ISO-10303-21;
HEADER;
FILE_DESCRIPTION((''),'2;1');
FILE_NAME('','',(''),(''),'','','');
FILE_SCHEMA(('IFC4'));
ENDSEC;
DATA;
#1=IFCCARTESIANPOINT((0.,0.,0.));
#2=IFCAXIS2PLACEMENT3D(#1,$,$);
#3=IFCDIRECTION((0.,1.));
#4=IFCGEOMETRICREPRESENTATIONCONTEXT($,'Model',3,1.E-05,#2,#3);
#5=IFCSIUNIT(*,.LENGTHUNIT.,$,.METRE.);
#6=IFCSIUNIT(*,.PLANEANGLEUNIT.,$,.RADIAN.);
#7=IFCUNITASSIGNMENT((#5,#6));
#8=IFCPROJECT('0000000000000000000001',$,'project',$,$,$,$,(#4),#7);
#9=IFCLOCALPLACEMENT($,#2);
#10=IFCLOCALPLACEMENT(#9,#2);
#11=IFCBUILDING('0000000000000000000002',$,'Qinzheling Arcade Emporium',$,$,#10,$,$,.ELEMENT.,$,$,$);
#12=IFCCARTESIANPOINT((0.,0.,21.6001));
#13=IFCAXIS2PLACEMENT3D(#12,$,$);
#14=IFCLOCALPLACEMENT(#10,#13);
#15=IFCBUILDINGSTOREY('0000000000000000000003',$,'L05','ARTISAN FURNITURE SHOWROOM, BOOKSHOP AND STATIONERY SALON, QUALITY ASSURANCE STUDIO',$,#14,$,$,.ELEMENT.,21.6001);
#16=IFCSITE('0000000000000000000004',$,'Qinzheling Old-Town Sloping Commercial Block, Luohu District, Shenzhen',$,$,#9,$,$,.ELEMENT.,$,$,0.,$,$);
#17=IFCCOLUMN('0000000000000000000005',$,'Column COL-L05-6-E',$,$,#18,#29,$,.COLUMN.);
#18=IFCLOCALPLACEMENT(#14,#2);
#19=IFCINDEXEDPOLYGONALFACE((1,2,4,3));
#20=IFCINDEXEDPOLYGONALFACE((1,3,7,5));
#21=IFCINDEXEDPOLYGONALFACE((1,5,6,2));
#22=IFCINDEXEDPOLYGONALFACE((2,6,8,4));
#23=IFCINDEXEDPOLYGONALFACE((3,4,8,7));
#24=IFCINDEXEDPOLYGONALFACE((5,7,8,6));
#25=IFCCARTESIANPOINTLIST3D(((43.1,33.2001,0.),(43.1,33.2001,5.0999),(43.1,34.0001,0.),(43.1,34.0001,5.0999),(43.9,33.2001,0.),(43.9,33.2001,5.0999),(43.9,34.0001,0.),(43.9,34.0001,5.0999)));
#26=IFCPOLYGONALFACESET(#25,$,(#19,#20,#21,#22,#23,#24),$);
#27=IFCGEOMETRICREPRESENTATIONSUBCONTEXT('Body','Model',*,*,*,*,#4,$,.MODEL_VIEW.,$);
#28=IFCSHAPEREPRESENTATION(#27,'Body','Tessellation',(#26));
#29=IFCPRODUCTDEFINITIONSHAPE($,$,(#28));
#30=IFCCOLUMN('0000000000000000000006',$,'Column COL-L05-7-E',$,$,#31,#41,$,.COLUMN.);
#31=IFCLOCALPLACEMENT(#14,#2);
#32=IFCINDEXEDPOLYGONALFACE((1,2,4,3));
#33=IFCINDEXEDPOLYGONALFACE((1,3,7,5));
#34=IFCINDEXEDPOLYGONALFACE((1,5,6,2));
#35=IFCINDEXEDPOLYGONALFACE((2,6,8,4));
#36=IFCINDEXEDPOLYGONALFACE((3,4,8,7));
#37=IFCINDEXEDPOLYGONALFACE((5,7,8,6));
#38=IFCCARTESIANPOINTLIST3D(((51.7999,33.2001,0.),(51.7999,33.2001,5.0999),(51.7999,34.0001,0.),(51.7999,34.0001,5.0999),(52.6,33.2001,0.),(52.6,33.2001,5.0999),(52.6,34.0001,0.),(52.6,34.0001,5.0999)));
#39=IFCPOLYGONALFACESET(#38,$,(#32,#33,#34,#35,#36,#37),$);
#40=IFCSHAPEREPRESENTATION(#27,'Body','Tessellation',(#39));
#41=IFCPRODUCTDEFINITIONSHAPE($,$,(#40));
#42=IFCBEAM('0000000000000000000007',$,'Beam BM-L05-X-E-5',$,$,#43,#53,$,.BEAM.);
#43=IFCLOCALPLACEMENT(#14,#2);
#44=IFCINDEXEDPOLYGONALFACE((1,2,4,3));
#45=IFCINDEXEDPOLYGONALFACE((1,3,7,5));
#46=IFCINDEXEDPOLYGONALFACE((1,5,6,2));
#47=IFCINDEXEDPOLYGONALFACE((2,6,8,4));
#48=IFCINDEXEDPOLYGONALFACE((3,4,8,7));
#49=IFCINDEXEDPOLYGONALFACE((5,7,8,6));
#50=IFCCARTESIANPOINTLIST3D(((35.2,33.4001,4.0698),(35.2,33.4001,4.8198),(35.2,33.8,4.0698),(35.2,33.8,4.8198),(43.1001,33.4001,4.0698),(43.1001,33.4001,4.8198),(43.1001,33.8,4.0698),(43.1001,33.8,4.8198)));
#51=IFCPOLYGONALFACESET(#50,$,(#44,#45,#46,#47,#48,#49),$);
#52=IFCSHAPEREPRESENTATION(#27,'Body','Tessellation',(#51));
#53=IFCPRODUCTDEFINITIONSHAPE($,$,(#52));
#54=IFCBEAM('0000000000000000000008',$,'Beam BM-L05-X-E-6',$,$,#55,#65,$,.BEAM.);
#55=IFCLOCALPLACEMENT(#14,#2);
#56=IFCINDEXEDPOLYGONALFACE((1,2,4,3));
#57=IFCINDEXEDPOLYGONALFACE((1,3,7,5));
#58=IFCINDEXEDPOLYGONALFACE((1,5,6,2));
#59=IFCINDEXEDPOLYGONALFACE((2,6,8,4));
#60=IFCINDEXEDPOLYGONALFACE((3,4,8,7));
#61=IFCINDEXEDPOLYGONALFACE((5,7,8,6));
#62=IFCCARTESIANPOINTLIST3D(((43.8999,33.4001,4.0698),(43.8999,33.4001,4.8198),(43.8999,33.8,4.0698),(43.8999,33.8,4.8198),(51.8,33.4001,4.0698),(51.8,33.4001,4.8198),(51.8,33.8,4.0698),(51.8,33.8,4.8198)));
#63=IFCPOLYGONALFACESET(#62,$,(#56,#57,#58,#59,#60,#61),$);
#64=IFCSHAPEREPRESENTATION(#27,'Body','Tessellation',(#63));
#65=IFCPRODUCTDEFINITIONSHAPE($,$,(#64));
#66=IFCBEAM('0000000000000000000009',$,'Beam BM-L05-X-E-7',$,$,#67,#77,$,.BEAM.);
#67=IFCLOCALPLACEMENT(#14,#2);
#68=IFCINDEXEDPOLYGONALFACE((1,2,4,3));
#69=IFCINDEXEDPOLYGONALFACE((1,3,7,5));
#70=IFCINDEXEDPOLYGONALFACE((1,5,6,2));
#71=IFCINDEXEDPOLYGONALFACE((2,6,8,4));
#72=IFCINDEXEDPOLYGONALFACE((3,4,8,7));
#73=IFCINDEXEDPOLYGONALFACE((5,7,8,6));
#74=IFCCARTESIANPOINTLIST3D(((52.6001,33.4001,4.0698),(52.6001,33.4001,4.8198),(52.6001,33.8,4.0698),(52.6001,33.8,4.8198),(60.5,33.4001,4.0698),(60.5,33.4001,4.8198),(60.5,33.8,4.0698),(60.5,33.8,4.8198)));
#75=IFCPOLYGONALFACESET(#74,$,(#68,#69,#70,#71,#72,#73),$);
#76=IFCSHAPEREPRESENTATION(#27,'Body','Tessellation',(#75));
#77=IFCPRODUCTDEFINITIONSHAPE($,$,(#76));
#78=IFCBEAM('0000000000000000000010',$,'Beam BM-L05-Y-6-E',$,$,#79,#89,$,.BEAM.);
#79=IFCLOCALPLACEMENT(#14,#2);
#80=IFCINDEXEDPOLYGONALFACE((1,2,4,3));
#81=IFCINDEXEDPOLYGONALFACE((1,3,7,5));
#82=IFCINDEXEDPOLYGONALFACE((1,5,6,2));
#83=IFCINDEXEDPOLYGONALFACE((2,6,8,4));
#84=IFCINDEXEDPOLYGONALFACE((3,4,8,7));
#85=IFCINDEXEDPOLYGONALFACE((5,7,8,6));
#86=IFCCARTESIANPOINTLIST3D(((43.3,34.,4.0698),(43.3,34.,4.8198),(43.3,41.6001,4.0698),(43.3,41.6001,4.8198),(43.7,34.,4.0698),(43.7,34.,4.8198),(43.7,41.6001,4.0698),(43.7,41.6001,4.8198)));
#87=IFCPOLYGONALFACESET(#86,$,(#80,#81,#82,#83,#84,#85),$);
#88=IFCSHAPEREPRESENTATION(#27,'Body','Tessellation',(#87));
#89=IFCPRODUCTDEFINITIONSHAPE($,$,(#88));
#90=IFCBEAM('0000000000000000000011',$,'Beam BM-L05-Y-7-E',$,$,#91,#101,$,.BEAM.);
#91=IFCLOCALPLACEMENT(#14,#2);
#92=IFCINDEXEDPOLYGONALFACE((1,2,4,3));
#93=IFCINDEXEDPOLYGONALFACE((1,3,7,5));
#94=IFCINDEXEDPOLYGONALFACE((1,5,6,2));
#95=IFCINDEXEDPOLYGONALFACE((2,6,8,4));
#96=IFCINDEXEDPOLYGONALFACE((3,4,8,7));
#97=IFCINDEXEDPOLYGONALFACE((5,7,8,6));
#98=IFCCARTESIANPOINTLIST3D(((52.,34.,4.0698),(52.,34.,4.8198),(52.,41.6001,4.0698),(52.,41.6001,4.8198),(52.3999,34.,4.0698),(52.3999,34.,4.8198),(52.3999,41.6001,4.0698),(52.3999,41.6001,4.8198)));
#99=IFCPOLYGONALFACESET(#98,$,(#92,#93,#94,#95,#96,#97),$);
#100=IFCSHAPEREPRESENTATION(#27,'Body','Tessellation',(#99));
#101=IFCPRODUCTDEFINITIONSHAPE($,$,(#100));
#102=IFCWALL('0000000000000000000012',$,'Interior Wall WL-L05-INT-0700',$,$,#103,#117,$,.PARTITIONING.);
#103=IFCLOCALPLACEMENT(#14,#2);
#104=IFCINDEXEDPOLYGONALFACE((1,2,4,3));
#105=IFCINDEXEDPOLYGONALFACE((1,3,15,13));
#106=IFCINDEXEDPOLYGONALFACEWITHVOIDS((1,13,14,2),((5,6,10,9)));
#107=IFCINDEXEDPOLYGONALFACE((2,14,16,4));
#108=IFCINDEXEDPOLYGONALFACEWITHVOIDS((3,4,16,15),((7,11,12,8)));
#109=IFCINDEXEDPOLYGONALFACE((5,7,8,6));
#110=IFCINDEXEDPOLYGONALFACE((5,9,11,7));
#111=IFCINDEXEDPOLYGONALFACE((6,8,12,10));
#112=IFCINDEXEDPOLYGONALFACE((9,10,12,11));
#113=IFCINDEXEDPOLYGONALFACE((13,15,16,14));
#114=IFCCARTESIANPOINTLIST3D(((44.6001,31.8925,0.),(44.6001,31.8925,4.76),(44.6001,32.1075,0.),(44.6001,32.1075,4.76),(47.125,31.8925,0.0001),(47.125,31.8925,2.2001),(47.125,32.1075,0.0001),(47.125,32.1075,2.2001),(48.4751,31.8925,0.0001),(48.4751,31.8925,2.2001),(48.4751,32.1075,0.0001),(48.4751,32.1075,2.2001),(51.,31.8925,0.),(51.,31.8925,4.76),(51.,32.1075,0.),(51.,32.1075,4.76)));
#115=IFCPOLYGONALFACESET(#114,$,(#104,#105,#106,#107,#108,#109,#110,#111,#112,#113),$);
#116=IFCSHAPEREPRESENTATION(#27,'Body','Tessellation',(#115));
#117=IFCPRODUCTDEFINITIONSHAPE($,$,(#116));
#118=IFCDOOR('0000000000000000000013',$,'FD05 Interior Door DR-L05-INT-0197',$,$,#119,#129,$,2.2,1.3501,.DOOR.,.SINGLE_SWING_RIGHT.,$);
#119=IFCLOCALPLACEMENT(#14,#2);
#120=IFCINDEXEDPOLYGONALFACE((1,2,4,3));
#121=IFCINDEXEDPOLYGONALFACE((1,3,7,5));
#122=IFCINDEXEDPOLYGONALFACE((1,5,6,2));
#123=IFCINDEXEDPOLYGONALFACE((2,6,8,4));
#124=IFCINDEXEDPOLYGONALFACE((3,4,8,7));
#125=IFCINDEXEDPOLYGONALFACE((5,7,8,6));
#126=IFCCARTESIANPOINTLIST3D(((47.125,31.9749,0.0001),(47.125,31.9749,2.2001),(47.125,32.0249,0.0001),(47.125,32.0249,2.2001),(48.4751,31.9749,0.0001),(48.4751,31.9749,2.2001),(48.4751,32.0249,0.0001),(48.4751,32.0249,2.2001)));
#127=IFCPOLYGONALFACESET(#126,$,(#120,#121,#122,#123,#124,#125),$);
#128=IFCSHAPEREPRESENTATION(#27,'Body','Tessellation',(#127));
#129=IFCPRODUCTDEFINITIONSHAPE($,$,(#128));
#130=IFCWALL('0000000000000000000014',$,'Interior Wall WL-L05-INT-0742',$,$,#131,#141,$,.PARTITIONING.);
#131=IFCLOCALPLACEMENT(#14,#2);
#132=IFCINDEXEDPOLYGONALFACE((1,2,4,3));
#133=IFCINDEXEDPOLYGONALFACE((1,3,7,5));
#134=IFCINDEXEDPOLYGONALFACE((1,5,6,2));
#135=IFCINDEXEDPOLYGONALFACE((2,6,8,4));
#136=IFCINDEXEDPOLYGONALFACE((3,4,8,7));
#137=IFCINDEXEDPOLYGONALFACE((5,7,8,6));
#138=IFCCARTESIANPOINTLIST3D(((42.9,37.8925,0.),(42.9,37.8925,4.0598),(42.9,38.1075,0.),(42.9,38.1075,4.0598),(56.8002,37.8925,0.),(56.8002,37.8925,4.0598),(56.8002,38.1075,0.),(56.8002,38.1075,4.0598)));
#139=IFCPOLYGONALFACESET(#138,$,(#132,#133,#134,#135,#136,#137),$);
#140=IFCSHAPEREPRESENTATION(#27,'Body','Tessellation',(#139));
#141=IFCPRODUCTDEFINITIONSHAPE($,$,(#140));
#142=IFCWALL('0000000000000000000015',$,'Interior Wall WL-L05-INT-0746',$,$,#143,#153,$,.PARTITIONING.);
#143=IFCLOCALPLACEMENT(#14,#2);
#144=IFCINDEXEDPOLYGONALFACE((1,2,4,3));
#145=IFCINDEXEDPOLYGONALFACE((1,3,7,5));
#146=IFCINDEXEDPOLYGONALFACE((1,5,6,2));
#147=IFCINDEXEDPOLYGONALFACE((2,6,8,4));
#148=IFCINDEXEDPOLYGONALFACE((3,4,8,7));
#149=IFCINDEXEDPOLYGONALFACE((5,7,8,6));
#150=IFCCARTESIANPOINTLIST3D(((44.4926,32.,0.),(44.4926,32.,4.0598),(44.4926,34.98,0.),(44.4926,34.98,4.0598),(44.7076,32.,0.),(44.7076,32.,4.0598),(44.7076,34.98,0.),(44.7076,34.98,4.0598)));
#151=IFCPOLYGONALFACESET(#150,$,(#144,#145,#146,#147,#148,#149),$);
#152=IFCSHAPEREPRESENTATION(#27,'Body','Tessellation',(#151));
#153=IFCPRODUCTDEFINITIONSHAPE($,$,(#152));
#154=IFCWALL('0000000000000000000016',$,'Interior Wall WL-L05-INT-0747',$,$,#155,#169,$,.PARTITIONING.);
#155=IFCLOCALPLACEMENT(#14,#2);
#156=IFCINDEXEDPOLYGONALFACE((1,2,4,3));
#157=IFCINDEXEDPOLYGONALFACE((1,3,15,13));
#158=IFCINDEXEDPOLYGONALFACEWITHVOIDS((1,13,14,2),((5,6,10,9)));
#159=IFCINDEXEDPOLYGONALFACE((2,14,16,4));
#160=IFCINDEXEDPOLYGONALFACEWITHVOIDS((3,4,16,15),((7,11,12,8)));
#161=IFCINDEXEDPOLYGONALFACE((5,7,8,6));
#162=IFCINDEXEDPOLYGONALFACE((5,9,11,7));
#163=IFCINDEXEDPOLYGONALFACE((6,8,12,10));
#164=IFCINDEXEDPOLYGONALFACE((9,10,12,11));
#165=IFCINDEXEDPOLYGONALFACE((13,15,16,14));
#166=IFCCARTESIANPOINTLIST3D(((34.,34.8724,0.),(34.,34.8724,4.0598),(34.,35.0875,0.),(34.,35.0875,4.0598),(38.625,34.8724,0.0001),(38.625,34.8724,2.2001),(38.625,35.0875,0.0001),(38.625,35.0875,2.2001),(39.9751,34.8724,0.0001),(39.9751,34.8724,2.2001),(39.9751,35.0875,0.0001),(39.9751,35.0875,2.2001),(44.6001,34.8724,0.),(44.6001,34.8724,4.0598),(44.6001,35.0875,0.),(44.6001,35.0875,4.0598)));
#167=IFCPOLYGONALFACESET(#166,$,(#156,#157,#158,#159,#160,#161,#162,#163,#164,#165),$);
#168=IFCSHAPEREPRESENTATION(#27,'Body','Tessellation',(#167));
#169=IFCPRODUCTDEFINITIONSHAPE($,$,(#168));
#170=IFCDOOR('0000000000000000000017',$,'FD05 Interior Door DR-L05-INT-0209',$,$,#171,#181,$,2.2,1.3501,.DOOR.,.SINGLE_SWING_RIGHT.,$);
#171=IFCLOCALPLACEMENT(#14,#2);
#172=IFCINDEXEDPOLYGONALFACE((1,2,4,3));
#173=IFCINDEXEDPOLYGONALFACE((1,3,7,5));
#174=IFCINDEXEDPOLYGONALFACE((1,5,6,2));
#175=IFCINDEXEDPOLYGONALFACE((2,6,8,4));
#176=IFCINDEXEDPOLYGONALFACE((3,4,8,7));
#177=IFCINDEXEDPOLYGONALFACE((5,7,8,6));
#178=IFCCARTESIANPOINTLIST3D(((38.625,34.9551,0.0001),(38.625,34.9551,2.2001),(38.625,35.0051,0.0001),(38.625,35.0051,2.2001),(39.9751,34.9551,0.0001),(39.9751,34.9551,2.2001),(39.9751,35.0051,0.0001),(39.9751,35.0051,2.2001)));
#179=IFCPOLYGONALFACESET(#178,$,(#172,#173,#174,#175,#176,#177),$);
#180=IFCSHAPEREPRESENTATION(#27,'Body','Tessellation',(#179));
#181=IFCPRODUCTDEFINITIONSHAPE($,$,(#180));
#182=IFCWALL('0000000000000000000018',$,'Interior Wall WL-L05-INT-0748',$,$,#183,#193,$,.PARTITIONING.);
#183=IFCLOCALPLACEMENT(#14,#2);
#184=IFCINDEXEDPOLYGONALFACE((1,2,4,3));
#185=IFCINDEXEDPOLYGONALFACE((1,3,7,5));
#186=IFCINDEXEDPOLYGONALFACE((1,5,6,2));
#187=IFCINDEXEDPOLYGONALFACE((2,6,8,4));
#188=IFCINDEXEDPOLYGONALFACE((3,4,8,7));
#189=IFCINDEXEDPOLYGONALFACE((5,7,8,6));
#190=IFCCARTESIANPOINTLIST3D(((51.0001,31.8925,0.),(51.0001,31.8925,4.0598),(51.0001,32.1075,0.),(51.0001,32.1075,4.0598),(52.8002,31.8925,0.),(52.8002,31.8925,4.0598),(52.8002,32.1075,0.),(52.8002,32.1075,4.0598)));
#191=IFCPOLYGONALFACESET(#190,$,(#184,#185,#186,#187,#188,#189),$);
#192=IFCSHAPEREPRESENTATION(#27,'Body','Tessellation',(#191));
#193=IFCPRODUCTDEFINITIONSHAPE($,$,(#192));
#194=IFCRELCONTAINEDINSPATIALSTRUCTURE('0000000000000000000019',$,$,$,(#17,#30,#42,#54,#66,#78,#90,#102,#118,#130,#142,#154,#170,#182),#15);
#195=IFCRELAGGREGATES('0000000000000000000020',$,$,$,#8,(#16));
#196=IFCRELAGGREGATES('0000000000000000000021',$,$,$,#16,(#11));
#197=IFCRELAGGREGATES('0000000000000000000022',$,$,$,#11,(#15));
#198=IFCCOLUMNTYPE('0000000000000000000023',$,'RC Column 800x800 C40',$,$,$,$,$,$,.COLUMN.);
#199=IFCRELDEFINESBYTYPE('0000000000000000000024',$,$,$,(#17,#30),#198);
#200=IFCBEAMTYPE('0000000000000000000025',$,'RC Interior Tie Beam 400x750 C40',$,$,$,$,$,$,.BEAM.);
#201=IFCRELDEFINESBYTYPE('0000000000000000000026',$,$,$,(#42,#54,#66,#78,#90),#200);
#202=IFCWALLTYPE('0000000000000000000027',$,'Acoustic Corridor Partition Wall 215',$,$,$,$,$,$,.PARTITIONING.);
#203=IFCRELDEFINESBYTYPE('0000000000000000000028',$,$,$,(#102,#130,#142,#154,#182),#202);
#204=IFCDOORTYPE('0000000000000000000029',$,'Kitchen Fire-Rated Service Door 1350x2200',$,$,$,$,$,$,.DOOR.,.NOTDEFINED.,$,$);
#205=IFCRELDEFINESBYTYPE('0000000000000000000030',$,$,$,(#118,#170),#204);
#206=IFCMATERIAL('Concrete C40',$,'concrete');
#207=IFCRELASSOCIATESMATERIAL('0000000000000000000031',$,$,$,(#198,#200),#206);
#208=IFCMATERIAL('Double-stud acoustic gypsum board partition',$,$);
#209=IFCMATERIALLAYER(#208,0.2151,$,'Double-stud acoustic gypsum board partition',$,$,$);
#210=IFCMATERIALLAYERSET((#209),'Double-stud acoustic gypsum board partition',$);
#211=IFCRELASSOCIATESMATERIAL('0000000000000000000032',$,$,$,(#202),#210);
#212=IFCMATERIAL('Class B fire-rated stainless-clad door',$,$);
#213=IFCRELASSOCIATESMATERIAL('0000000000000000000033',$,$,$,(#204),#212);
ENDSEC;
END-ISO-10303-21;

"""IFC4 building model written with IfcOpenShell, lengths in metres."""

from ifc_helpers import new_model, si_unit, direction, frame, frame_2d, origin, origin_2d, place, context, subcontext, project, spatial, rectangle, extrude, material, layer, layer_set, material_profile, profile_set, type_object, element, fill, save


model = new_model("IFC4")

# Units and contexts
model_context = context("Model", 3, precision=1e-05, world=origin(), true_north=direction((0.0, 1.0)))
body_context = subcontext(model_context, "Body", "Model", "MODEL_VIEW")
ifc_project = project(units=[si_unit("LENGTHUNIT", "METRE"), si_unit("PLANEANGLEUNIT", "RADIAN")], contexts=[model_context])

# Site, building, storey
site_placement = place(None, origin())
site = spatial("IfcSite", under=ifc_project, at=site_placement, Name="Qinzheling Old-Town Sloping Commercial Block, Luohu District, Shenzhen", CompositionType="ELEMENT", RefElevation=0.0)
building_placement = place(site_placement, origin())
building = spatial("IfcBuilding", under=site, at=building_placement, Name="Qinzheling Arcade Emporium", CompositionType="ELEMENT")
storey_placement = place(building_placement, frame((0.0, 0.0, 21.6001)))
storey = spatial("IfcBuildingStorey", under=building, at=storey_placement, Name="L05", Description="ARTISAN FURNITURE SHOWROOM, BOOKSHOP AND STATIONERY SALON, QUALITY ASSURANCE STUDIO", CompositionType="ELEMENT", Elevation=21.6001)

# Columns
ifc_material_1 = material(Name="Concrete C40", Category="concrete")
ifc_material_profile_1 = material_profile(ifc_material_1, rectangle(XDim=0.8, YDim=0.8, at=origin_2d()), Name="RC 800x800", Category="concrete")
ifc_profile_set_1 = profile_set([ifc_material_profile_1], Name="Concrete C40")
column_type = type_object("IfcColumnType", Name="RC Column 800x800 C40", PredefinedType="COLUMN", material=ifc_profile_set_1)
for number, where, z_axis, x_axis, name in (
    (1, (43.5, 33.6001, 0.0), (0.0, 0.0, 1.0), (1.0, 0.0, 0.0), "Column COL-L05-6-E"),
    (2, (52.2, 33.6001, 0.0), (0.0, 0.0, 1.0), (1.0, 0.0, 0.0), "Column COL-L05-7-E"),
):
    element("IfcColumn", number, at=place(storey_placement, frame(where, z_axis=z_axis, x_axis=x_axis)), inside=storey, type_object=column_type, Name=name, PredefinedType="COLUMN", context=body_context, shape_type="SweptSolid", body=[
        extrude(rectangle(XDim=0.8, YDim=0.8, at=origin_2d()), origin(), (0.0, 0.0, 1.0), 5.0999),
    ])

# Beams
ifc_material_profile_2 = material_profile(ifc_material_1, rectangle(XDim=0.3999, YDim=0.75, at=origin_2d()), Name="RC 400x750", Category="concrete")
ifc_profile_set_2 = profile_set([ifc_material_profile_2], Name="Concrete C40")
beam_type = type_object("IfcBeamType", Name="RC Interior Tie Beam 400x750 C40", PredefinedType="BEAM", material=ifc_profile_set_2)
for number, where, z_axis, x_axis, name in (
    (3, (35.2, 33.6001, 4.4448), (1.0, 0.0, 0.0), (0.0, 1.0, 0.0), "Beam BM-L05-X-E-5"),
    (4, (43.8999, 33.6001, 4.4448), (1.0, 0.0, 0.0), (0.0, 1.0, 0.0), "Beam BM-L05-X-E-6"),
):
    element("IfcBeam", number, at=place(storey_placement, frame(where, z_axis=z_axis, x_axis=x_axis)), inside=storey, type_object=beam_type, Name=name, PredefinedType="BEAM", context=body_context, shape_type="SweptSolid", body=[
        extrude(rectangle(XDim=0.3999, YDim=0.75, at=origin_2d()), origin(), (0.0, 0.0, 1.0), 7.9001),
    ])
beam_placement = place(storey_placement, frame((52.6001, 33.6001, 4.4448), z_axis=(1.0, 0.0, 0.0), x_axis=(0.0, 1.0, 0.0)))
element("IfcBeam", 5, at=beam_placement, inside=storey, type_object=beam_type, Name="Beam BM-L05-X-E-7", PredefinedType="BEAM", context=body_context, shape_type="SweptSolid", body=[
    extrude(rectangle(XDim=0.3999, YDim=0.75, at=origin_2d()), origin(), (0.0, 0.0, 1.0), 7.8999),
])
for number, where, z_axis, x_axis, name in (
    (6, (43.5, 34.0, 4.4448), (0.0, 1.0, 0.0), (-1.0, 0.0, 0.0), "Beam BM-L05-Y-6-E"),
    (7, (52.2, 34.0, 4.4448), (0.0, 1.0, 0.0), (-1.0, 0.0, 0.0), "Beam BM-L05-Y-7-E"),
):
    element("IfcBeam", number, at=place(storey_placement, frame(where, z_axis=z_axis, x_axis=x_axis)), inside=storey, type_object=beam_type, Name=name, PredefinedType="BEAM", context=body_context, shape_type="SweptSolid", body=[
        extrude(rectangle(XDim=0.3999, YDim=0.75, at=origin_2d()), origin(), (0.0, 0.0, 1.0), 7.6001),
    ])

# Wall, opening, door
ifc_material_2 = material(Name="Double-stud acoustic gypsum board partition")
ifc_layer_1 = layer(ifc_material_2, 0.2151, Name="Double-stud acoustic gypsum board partition")
ifc_layer_set_1 = layer_set([ifc_layer_1], Name="Double-stud acoustic gypsum board partition")
wall_type_1 = type_object("IfcWallType", Name="Acoustic Corridor Partition Wall 215", PredefinedType="PARTITIONING", material=ifc_layer_set_1)
wall_1_placement = place(storey_placement, frame((44.6001, 32.0, 0.0), z_axis=(0.0, 0.0, 1.0), x_axis=(1.0, 0.0, 0.0)))
wall_1 = element("IfcWall", 8, at=wall_1_placement, inside=storey, type_object=wall_type_1, Name="Interior Wall WL-L05-INT-0700", PredefinedType="PARTITIONING", context=body_context, shape_type="SweptSolid", body=[
    extrude(rectangle(XDim=6.3999, YDim=0.2151, at=frame_2d((3.2, 0.0))), origin(), (0.0, 0.0, 1.0), 4.76),
])
opening_1_placement = place(wall_1_placement, frame((2.5249, 0.0, 0.0)))
opening_1 = element("IfcOpeningElement", 9, at=opening_1_placement, cuts=wall_1, PredefinedType="OPENING", context=body_context, shape_type="SweptSolid", body=[
    extrude(rectangle(XDim=1.3501, YDim=2.2, at=frame_2d((0.675, 1.1001))), frame((0.0, 0.1177, 0.0), z_axis=(0.0, -1.0, 0.0), x_axis=(1.0, 0.0, 0.0)), (0.0, 0.0, 1.0), 0.2351),
])
ifc_material_3 = material(Name="Class B fire-rated stainless-clad door")
door_type_1 = type_object("IfcDoorType", Name="Kitchen Fire-Rated Service Door 1350x2200", OperationType="NOTDEFINED", PredefinedType="DOOR", material=ifc_material_3)
door_1_placement = place(opening_1_placement, origin())
door_1 = element("IfcDoor", 10, at=door_1_placement, inside=storey, type_object=door_type_1, Name="FD05 Interior Door DR-L05-INT-0197", OperationType="SINGLE_SWING_RIGHT", OverallHeight=2.2, OverallWidth=1.3501, PredefinedType="DOOR", context=body_context, shape_type="SweptSolid", body=[
    extrude(rectangle(XDim=1.3501, YDim=2.2, at=frame_2d((0.675, 1.1001))), frame((0.0, 0.0249, 0.0), z_axis=(0.0, -1.0, 0.0), x_axis=(1.0, 0.0, 0.0)), (0.0, 0.0, 1.0), 0.05),
])
fill(opening_1, door_1)

# Walls
wall_2_placement = place(storey_placement, frame((42.8999, 38.0, 0.0), z_axis=(0.0, 0.0, 1.0), x_axis=(1.0, 0.0, 0.0)))
element("IfcWall", 11, at=wall_2_placement, inside=storey, type_object=wall_type_1, Name="Interior Wall WL-L05-INT-0742", PredefinedType="PARTITIONING", context=body_context, shape_type="SweptSolid", body=[
    extrude(rectangle(XDim=13.9001, YDim=0.2151, at=frame_2d((6.9502, 0.0))), origin(), (0.0, 0.0, 1.0), 4.0598),
])
wall_3_placement = place(storey_placement, frame((44.6001, 32.0, 0.0), z_axis=(0.0, 0.0, 1.0), x_axis=(0.0, 1.0, 0.0)))
element("IfcWall", 12, at=wall_3_placement, inside=storey, type_object=wall_type_1, Name="Interior Wall WL-L05-INT-0746", PredefinedType="PARTITIONING", context=body_context, shape_type="SweptSolid", body=[
    extrude(rectangle(XDim=2.98, YDim=0.2151, at=frame_2d((1.49, 0.0))), origin(), (0.0, 0.0, 1.0), 4.0598),
])

# Wall, opening, door
wall_4_placement = place(storey_placement, frame((44.6001, 34.98, 0.0), z_axis=(0.0, 0.0, 1.0), x_axis=(-1.0, 0.0, 0.0)))
wall_4 = element("IfcWall", 13, at=wall_4_placement, inside=storey, type_object=wall_type_1, Name="Interior Wall WL-L05-INT-0747", PredefinedType="PARTITIONING", context=body_context, shape_type="SweptSolid", body=[
    extrude(rectangle(XDim=10.6001, YDim=0.2151, at=frame_2d((5.3, 0.0))), origin(), (0.0, 0.0, 1.0), 4.0598),
])
opening_2_placement = place(wall_4_placement, frame((4.625, 0.0, 0.0)))
opening_2 = element("IfcOpeningElement", 14, at=opening_2_placement, cuts=wall_4, PredefinedType="OPENING", context=body_context, shape_type="SweptSolid", body=[
    extrude(rectangle(XDim=1.3501, YDim=2.2, at=frame_2d((0.675, 1.1001))), frame((0.0, 0.1177, 0.0), z_axis=(0.0, -1.0, 0.0), x_axis=(1.0, 0.0, 0.0)), (0.0, 0.0, 1.0), 0.2351),
])
door_2_placement = place(opening_2_placement, origin())
door_2 = element("IfcDoor", 15, at=door_2_placement, inside=storey, type_object=door_type_1, Name="FD05 Interior Door DR-L05-INT-0209", OperationType="SINGLE_SWING_RIGHT", OverallHeight=2.2, OverallWidth=1.3501, PredefinedType="DOOR", context=body_context, shape_type="SweptSolid", body=[
    extrude(rectangle(XDim=1.3501, YDim=2.2, at=frame_2d((0.675, 1.1001))), frame((0.0, 0.0249, 0.0), z_axis=(0.0, -1.0, 0.0), x_axis=(1.0, 0.0, 0.0)), (0.0, 0.0, 1.0), 0.05),
])
fill(opening_2, door_2)

# Wall
wall_5_placement = place(storey_placement, frame((52.8, 32.0, 0.0), z_axis=(0.0, 0.0, 1.0), x_axis=(-1.0, 0.0, 0.0)))
element("IfcWall", 16, at=wall_5_placement, inside=storey, type_object=wall_type_1, Name="Interior Wall WL-L05-INT-0748", PredefinedType="PARTITIONING", context=body_context, shape_type="SweptSolid", body=[
    extrude(rectangle(XDim=1.8, YDim=0.2151, at=frame_2d((0.8999, 0.0))), origin(), (0.0, 0.0, 1.0), 4.0598),
])

save(model, "model.ifc")
